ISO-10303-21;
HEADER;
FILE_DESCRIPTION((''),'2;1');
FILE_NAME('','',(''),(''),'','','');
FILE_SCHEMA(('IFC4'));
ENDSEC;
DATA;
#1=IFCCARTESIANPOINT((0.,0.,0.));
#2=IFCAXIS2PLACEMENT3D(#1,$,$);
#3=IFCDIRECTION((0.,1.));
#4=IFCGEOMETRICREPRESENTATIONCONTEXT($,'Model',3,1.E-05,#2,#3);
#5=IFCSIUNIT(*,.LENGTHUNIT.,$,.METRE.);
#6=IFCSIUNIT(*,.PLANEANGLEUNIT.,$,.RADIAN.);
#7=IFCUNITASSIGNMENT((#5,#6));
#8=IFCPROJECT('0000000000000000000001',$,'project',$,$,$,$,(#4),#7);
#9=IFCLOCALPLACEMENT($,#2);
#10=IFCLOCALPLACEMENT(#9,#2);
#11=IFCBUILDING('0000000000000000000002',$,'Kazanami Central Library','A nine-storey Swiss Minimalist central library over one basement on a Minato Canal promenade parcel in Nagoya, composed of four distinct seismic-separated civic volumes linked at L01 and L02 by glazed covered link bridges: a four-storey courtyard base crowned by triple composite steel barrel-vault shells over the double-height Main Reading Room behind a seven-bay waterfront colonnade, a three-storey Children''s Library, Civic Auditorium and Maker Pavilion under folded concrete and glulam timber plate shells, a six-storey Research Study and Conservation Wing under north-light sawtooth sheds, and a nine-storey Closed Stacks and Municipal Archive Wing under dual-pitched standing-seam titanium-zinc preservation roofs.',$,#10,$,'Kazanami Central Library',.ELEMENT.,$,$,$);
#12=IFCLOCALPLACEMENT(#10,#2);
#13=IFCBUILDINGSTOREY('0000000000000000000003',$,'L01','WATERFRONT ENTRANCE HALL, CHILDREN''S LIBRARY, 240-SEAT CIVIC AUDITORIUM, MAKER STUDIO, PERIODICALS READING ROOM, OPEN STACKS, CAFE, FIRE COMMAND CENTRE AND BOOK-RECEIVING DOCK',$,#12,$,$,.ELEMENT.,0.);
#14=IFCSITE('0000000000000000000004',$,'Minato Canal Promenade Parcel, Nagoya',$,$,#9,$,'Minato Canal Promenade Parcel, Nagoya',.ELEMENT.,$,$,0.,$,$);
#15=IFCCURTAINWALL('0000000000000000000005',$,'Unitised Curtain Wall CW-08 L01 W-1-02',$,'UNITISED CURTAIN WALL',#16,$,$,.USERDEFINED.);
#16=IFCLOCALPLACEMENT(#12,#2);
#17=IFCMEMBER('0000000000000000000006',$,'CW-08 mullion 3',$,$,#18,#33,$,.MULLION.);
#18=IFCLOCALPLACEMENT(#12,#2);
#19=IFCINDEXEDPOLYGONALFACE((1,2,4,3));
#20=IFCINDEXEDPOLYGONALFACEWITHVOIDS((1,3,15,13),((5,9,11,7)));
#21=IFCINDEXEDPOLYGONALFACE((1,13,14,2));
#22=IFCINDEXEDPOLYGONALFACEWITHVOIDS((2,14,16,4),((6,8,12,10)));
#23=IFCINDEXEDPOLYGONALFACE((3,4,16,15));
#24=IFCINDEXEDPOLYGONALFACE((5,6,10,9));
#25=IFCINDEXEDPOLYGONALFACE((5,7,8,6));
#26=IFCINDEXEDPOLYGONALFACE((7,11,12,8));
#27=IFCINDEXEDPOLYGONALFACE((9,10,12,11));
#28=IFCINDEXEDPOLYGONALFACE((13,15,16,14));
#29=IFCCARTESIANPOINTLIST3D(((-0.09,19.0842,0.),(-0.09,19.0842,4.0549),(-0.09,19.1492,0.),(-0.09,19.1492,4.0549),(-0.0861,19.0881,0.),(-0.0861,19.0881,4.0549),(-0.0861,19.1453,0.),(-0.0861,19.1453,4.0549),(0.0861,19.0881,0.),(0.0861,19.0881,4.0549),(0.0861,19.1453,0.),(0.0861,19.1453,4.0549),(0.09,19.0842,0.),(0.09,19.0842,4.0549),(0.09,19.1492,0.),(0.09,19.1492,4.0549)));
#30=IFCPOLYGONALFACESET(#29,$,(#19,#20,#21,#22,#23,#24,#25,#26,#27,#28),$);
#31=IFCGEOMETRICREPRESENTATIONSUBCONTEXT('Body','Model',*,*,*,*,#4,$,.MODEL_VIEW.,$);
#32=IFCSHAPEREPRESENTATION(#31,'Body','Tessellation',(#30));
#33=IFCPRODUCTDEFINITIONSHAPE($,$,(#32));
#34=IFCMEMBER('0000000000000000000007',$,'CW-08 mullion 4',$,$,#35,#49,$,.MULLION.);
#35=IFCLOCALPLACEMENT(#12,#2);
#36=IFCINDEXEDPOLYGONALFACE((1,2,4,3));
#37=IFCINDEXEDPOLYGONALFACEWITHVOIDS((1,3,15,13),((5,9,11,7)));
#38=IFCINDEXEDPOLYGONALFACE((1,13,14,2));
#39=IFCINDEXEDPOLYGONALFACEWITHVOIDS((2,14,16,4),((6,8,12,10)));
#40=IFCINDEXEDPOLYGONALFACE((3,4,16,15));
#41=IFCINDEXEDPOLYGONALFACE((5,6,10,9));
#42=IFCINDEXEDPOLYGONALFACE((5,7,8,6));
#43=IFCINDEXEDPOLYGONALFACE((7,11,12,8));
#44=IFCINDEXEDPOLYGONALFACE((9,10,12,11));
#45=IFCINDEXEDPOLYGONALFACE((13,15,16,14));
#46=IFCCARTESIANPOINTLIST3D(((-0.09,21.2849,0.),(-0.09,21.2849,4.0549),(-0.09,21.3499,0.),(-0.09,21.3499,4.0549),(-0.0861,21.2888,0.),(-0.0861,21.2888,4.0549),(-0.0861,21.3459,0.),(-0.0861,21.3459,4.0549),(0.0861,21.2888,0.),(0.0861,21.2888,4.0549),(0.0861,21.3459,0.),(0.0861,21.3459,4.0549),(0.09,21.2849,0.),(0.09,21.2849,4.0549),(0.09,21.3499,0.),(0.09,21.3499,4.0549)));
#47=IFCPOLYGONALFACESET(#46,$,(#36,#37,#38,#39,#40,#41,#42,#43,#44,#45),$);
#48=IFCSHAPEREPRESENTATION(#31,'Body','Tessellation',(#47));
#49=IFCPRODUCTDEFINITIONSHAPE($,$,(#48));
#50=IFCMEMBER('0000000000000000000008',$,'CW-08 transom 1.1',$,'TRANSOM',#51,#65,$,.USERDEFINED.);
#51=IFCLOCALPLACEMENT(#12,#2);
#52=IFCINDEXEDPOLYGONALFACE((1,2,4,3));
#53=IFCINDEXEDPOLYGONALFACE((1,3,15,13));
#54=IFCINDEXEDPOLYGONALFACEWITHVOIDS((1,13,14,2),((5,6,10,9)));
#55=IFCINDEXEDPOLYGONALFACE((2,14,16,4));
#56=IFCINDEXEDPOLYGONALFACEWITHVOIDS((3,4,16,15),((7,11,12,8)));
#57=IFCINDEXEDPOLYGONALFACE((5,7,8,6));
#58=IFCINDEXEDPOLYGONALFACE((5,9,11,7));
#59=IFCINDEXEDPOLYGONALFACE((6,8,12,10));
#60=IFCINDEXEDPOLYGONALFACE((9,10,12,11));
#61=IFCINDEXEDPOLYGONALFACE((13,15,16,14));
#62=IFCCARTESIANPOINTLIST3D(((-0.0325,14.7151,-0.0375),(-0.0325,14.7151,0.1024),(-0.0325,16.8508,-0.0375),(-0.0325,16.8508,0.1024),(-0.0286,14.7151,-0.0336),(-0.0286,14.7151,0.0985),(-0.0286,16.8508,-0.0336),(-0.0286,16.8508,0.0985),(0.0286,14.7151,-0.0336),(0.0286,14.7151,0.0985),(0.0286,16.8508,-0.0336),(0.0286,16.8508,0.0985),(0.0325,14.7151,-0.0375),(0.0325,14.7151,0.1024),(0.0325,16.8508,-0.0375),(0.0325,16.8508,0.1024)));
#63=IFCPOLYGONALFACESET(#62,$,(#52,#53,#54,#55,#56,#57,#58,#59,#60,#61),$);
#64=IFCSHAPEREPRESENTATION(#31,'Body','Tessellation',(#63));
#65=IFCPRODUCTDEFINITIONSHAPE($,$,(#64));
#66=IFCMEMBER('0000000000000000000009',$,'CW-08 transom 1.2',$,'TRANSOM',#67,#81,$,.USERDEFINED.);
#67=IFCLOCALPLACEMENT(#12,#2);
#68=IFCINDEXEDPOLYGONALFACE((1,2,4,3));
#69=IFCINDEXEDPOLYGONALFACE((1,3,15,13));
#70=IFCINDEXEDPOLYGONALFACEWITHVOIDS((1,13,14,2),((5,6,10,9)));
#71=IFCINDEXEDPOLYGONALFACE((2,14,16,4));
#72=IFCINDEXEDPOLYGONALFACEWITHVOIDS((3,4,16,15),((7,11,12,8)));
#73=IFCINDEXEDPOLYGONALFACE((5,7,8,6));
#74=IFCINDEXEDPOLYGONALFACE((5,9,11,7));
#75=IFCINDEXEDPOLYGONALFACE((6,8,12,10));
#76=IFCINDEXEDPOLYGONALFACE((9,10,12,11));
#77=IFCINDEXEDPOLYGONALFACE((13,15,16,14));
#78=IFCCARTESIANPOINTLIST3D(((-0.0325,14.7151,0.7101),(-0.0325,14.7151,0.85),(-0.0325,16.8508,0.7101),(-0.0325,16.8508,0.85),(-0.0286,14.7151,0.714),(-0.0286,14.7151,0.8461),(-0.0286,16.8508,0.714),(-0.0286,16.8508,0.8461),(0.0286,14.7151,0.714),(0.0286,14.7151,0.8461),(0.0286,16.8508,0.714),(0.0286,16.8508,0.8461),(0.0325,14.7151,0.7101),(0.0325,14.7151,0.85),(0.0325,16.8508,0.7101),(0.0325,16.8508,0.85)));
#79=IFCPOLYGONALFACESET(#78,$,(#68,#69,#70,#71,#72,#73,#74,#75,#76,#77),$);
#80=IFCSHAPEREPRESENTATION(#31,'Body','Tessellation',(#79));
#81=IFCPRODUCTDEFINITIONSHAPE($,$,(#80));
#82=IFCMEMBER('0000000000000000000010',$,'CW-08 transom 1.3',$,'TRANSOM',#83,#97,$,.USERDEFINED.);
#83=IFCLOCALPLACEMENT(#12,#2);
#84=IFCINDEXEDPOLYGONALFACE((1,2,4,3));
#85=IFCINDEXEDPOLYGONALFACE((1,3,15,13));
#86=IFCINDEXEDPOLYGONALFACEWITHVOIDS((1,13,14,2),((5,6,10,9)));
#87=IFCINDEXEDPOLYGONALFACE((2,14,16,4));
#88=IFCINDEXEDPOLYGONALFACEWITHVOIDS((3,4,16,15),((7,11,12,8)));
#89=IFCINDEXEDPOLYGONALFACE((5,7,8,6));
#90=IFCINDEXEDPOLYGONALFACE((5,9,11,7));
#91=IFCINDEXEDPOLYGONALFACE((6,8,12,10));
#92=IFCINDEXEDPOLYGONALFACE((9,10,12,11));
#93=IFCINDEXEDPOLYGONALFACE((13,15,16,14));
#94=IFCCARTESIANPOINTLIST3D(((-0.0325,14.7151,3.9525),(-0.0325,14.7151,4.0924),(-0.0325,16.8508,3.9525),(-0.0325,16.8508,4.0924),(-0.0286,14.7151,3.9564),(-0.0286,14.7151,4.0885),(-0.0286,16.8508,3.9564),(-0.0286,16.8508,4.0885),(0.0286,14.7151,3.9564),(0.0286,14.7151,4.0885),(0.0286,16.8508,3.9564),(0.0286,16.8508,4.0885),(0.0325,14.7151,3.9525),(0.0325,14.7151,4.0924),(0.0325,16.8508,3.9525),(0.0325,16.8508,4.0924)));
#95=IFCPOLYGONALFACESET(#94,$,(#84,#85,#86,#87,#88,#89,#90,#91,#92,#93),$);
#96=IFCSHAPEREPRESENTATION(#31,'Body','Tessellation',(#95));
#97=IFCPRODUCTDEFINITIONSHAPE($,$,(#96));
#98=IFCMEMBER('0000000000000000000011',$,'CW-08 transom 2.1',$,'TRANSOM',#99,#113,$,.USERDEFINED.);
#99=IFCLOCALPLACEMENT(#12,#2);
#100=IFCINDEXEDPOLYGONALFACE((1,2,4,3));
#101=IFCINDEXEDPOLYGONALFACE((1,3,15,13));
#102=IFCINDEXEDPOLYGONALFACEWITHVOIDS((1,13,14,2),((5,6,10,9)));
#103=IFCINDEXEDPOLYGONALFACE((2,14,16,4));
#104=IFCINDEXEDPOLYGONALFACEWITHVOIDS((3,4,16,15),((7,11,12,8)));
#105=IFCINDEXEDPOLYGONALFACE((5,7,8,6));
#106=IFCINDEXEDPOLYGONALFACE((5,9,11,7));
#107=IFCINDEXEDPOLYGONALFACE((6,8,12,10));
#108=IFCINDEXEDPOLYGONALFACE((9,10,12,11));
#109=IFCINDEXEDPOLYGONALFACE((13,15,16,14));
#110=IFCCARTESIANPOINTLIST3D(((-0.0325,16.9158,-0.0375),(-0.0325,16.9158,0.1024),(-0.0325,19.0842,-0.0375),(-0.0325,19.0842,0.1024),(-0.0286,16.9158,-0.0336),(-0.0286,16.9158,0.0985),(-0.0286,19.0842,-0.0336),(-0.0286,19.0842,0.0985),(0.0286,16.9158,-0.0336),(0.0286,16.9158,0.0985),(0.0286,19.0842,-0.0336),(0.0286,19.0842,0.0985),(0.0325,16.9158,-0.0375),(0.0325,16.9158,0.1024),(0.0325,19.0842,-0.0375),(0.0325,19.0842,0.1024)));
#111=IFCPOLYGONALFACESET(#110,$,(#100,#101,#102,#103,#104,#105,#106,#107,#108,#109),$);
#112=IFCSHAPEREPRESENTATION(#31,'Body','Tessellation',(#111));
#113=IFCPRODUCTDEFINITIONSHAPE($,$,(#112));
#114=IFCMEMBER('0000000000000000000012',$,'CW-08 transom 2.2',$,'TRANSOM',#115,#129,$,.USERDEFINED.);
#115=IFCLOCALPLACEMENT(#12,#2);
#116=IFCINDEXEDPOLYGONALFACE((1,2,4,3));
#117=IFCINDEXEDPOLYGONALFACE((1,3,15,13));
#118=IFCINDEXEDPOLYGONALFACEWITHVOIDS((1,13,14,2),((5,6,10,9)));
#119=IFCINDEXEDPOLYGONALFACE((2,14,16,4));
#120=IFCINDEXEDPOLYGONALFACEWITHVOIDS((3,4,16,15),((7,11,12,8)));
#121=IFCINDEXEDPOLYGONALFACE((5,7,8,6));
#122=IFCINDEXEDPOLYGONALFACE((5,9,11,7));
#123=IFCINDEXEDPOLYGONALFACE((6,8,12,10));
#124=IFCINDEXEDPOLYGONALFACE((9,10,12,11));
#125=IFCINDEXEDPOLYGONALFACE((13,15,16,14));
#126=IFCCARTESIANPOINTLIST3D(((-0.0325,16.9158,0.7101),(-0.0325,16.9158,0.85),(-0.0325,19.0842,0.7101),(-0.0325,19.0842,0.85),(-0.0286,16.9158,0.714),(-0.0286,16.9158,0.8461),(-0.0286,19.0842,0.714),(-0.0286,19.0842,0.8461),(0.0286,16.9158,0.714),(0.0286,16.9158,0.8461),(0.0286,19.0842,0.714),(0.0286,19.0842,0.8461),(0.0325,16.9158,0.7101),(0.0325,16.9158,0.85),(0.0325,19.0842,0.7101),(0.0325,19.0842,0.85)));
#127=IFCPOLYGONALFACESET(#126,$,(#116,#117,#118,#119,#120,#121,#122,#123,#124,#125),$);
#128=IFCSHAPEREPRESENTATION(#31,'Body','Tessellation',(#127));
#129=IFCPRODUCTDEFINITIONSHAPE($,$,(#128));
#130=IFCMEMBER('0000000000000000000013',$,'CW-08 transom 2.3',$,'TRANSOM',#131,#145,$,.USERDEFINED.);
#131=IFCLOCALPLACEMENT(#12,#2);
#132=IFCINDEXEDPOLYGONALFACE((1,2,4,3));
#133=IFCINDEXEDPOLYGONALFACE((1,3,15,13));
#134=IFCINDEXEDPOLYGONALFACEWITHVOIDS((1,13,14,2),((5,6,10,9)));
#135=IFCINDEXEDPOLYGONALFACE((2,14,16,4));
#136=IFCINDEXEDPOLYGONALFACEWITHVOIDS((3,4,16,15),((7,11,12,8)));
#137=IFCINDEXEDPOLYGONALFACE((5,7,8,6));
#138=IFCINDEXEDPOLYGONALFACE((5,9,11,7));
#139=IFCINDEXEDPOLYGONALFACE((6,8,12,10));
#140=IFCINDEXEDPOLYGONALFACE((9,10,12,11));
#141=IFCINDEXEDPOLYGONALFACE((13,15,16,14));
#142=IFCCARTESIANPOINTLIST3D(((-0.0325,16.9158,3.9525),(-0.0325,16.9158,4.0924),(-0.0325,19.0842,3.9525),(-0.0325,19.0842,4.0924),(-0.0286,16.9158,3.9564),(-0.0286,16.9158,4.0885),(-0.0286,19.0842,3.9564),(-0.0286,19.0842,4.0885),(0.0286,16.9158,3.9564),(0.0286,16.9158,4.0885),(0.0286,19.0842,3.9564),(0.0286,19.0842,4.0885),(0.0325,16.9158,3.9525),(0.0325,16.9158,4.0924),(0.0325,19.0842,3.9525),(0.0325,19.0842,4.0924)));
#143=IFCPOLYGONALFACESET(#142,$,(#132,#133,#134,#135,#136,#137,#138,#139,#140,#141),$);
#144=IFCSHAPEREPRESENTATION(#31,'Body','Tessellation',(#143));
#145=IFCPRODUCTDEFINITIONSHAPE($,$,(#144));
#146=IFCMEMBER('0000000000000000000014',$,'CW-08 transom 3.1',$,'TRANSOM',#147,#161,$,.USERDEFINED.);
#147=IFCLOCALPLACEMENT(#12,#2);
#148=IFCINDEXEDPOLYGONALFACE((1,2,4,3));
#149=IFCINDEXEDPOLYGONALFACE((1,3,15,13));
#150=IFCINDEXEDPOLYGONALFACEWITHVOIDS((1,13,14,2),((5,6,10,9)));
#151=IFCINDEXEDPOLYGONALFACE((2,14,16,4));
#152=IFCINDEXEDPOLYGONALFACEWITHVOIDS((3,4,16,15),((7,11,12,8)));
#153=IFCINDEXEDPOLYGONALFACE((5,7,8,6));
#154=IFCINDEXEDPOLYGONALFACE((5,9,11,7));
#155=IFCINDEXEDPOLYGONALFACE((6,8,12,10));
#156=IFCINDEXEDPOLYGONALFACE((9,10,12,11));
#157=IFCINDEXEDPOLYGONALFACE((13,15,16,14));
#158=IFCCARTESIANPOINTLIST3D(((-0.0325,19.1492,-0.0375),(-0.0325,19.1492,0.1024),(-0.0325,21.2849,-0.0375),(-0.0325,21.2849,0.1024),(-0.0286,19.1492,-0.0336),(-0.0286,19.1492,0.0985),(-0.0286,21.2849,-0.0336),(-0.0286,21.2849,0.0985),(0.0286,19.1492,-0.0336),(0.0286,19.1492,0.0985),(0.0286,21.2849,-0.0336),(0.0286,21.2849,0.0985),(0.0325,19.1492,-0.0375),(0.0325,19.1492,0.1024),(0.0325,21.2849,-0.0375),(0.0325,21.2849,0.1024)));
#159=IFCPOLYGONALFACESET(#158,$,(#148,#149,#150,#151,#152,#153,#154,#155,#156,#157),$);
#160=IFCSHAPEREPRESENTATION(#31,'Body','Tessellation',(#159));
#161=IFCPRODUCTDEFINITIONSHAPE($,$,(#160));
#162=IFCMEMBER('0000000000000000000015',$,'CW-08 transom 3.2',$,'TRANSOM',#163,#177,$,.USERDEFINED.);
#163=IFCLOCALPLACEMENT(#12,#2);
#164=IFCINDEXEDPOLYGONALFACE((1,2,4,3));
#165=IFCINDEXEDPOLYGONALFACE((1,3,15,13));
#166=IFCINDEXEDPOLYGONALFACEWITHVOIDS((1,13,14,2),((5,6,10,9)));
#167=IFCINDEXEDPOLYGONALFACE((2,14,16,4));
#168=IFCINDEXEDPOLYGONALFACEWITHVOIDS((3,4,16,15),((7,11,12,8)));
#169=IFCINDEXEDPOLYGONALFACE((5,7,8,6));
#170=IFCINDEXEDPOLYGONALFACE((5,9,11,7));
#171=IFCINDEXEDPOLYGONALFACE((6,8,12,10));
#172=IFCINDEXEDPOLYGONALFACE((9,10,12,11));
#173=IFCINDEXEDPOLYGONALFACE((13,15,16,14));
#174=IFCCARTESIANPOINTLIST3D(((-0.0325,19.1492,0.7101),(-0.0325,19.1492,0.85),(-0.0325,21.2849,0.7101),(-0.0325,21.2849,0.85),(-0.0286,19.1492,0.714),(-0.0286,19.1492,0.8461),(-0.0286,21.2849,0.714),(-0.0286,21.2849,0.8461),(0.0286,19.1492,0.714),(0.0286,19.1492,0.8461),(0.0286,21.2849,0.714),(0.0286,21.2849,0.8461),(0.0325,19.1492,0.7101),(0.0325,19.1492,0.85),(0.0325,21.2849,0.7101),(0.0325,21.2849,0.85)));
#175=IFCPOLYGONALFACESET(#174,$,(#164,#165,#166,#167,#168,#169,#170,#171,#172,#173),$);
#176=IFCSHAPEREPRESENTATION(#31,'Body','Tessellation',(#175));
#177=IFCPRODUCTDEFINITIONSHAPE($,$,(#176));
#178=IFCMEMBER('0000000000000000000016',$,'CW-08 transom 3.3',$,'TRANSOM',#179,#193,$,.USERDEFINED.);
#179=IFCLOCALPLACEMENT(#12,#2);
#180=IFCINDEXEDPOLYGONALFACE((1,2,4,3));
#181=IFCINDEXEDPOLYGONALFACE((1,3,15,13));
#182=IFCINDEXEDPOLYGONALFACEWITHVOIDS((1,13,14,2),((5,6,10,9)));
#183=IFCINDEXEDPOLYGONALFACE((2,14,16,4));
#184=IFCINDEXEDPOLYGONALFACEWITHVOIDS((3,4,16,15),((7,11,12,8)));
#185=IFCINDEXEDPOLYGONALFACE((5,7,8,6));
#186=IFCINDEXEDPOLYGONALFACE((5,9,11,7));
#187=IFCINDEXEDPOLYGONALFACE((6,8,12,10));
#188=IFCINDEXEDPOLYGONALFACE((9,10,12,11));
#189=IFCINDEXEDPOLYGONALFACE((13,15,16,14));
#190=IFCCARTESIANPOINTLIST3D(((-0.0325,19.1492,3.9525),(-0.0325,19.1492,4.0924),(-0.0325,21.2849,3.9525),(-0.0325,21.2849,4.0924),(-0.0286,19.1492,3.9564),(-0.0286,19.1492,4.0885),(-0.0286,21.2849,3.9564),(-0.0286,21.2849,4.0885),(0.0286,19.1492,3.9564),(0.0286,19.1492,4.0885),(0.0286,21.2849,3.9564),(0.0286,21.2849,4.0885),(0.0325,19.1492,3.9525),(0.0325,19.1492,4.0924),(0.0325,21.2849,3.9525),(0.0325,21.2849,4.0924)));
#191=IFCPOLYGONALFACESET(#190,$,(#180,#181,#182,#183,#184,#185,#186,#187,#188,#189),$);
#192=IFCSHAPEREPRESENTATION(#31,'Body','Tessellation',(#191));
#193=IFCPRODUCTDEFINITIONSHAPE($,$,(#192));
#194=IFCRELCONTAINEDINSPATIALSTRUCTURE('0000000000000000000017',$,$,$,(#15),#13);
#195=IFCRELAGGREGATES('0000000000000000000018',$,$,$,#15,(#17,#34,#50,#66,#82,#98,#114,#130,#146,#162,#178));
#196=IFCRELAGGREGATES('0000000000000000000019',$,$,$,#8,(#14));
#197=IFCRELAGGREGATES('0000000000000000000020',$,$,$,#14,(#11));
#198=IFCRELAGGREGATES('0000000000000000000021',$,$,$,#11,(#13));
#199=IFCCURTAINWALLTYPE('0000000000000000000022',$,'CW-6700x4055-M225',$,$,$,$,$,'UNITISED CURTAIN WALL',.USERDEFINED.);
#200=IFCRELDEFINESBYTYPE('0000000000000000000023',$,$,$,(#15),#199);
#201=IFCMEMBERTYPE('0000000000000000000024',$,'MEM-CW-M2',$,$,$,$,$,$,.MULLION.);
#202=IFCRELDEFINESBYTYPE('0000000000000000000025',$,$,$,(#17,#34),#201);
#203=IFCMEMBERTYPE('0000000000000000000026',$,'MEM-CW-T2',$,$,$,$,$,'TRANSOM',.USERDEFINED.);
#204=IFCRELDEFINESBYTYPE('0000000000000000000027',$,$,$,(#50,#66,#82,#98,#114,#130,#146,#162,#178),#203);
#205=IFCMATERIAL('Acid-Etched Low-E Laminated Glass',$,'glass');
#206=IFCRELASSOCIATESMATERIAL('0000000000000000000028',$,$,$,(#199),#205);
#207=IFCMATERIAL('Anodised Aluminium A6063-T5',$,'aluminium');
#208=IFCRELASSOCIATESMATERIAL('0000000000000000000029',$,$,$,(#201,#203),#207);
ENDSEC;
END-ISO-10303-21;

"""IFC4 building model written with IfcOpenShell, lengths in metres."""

from ifc_helpers import new_model, si_unit, direction, frame, origin, origin_2d, place, context, subcontext, project, spatial, hollow_rectangle, extrude, material, material_profile, profile_set, type_object, element, aggregate, save


model = new_model("IFC4")

# Units and contexts
model_context = context("Model", 3, precision=1e-05, world=origin(), true_north=direction((0.0, 1.0)))
body_context = subcontext(model_context, "Body", "Model", "MODEL_VIEW")
ifc_project = project(units=[si_unit("LENGTHUNIT", "METRE"), si_unit("PLANEANGLEUNIT", "RADIAN")], contexts=[model_context])

# Site, building, storey
site_placement = place(None, origin())
site = spatial("IfcSite", under=ifc_project, at=site_placement, Name="Minato Canal Promenade Parcel, Nagoya", LongName="Minato Canal Promenade Parcel, Nagoya", CompositionType="ELEMENT", RefElevation=0.0)
building_placement = place(site_placement, origin())
building = spatial("IfcBuilding", under=site, at=building_placement, Name="Kazanami Central Library", Description="A nine-storey Swiss Minimalist central library over one basement on a Minato Canal promenade parcel in Nagoya, composed of four distinct seismic-separated civic volumes linked at L01 and L02 by glazed covered link bridges: a four-storey courtyard base crowned by triple composite steel barrel-vault shells over the double-height Main Reading Room behind a seven-bay waterfront colonnade, a three-storey Children's Library, Civic Auditorium and Maker Pavilion under folded concrete and glulam timber plate shells, a six-storey Research Study and Conservation Wing under north-light sawtooth sheds, and a nine-storey Closed Stacks and Municipal Archive Wing under dual-pitched standing-seam titanium-zinc preservation roofs.", LongName="Kazanami Central Library", CompositionType="ELEMENT")
storey_placement = place(building_placement, origin())
storey = spatial("IfcBuildingStorey", under=building, at=storey_placement, Name="L01", Description="WATERFRONT ENTRANCE HALL, CHILDREN'S LIBRARY, 240-SEAT CIVIC AUDITORIUM, MAKER STUDIO, PERIODICALS READING ROOM, OPEN STACKS, CAFE, FIRE COMMAND CENTRE AND BOOK-RECEIVING DOCK", CompositionType="ELEMENT", Elevation=0.0)

# Curtain wall, members
ifc_material_1 = material(Name="Acid-Etched Low-E Laminated Glass", Category="glass")
curtain_wall_type = type_object("IfcCurtainWallType", Name="CW-6700x4055-M225", ElementType="UNITISED CURTAIN WALL", PredefinedType="USERDEFINED", material=ifc_material_1)
curtain_wall_placement = place(storey_placement, origin())
curtain_wall = element("IfcCurtainWall", 1, at=curtain_wall_placement, inside=storey, type_object=curtain_wall_type, Name="Unitised Curtain Wall CW-08 L01 W-1-02", ObjectType="UNITISED CURTAIN WALL", PredefinedType="USERDEFINED")
ifc_material_2 = material(Name="Anodised Aluminium A6063-T5", Category="aluminium")
ifc_material_profile_1 = material_profile(ifc_material_2, hollow_rectangle(XDim=0.0649, YDim=0.1799, WallThickness=0.0039, at=origin_2d()), Name="ALU-MULL-65x180x4")
ifc_profile_set_1 = profile_set([ifc_material_profile_1], Name="Anodised Aluminium A6063-T5")
member_type_1 = type_object("IfcMemberType", Name="MEM-CW-M2", PredefinedType="MULLION", material=ifc_profile_set_1)
member_1_placement = place(storey_placement, frame((0.0, 19.1167, 0.0), z_axis=(0.0, 0.0, 1.0), x_axis=(0.0, 1.0, 0.0)))
member_1 = element("IfcMember", 2, at=member_1_placement, type_object=member_type_1, Name="CW-08 mullion 3", PredefinedType="MULLION", context=body_context, shape_type="SweptSolid", body=[
    extrude(hollow_rectangle(XDim=0.0649, YDim=0.1799, WallThickness=0.0039, at=origin_2d()), origin(), (0.0, 0.0, 1.0), 4.0549),
])
member_2_placement = place(storey_placement, frame((0.0, 21.3174, 0.0), z_axis=(0.0, 0.0, 1.0), x_axis=(0.0, 1.0, 0.0)))
member_2 = element("IfcMember", 3, at=member_2_placement, type_object=member_type_1, Name="CW-08 mullion 4", PredefinedType="MULLION", context=body_context, shape_type="SweptSolid", body=[
    extrude(hollow_rectangle(XDim=0.0649, YDim=0.1799, WallThickness=0.0039, at=origin_2d()), origin(), (0.0, 0.0, 1.0), 4.0549),
])
ifc_material_profile_2 = material_profile(ifc_material_2, hollow_rectangle(XDim=0.0649, YDim=0.1399, WallThickness=0.0039, at=origin_2d()), Name="ALU-TRAN-65x140x4")
ifc_profile_set_2 = profile_set([ifc_material_profile_2], Name="Anodised Aluminium A6063-T5")
member_type_2 = type_object("IfcMemberType", Name="MEM-CW-T2", ElementType="TRANSOM", PredefinedType="USERDEFINED", material=ifc_profile_set_2)
member_3_placement = place(storey_placement, frame((0.0, 14.7151, 0.0325), z_axis=(0.0, 1.0, 0.0), x_axis=(-1.0, 0.0, 0.0)))
member_3 = element("IfcMember", 4, at=member_3_placement, type_object=member_type_2, Name="CW-08 transom 1.1", ObjectType="TRANSOM", PredefinedType="USERDEFINED", context=body_context, shape_type="SweptSolid", body=[
    extrude(hollow_rectangle(XDim=0.0649, YDim=0.1399, WallThickness=0.0039, at=origin_2d()), origin(), (0.0, 0.0, 1.0), 2.1357),
])
member_4_placement = place(storey_placement, frame((0.0, 14.7151, 0.78), z_axis=(0.0, 1.0, 0.0), x_axis=(-1.0, 0.0, 0.0)))
member_4 = element("IfcMember", 5, at=member_4_placement, type_object=member_type_2, Name="CW-08 transom 1.2", ObjectType="TRANSOM", PredefinedType="USERDEFINED", context=body_context, shape_type="SweptSolid", body=[
    extrude(hollow_rectangle(XDim=0.0649, YDim=0.1399, WallThickness=0.0039, at=origin_2d()), origin(), (0.0, 0.0, 1.0), 2.1357),
])
member_5_placement = place(storey_placement, frame((0.0, 14.7151, 4.0225), z_axis=(0.0, 1.0, 0.0), x_axis=(-1.0, 0.0, 0.0)))
member_5 = element("IfcMember", 6, at=member_5_placement, type_object=member_type_2, Name="CW-08 transom 1.3", ObjectType="TRANSOM", PredefinedType="USERDEFINED", context=body_context, shape_type="SweptSolid", body=[
    extrude(hollow_rectangle(XDim=0.0649, YDim=0.1399, WallThickness=0.0039, at=origin_2d()), origin(), (0.0, 0.0, 1.0), 2.1357),
])
member_6_placement = place(storey_placement, frame((0.0, 16.9158, 0.0325), z_axis=(0.0, 1.0, 0.0), x_axis=(-1.0, 0.0, 0.0)))
member_6 = element("IfcMember", 7, at=member_6_placement, type_object=member_type_2, Name="CW-08 transom 2.1", ObjectType="TRANSOM", PredefinedType="USERDEFINED", context=body_context, shape_type="SweptSolid", body=[
    extrude(hollow_rectangle(XDim=0.0649, YDim=0.1399, WallThickness=0.0039, at=origin_2d()), origin(), (0.0, 0.0, 1.0), 2.1685),
])
member_7_placement = place(storey_placement, frame((0.0, 16.9158, 0.78), z_axis=(0.0, 1.0, 0.0), x_axis=(-1.0, 0.0, 0.0)))
member_7 = element("IfcMember", 8, at=member_7_placement, type_object=member_type_2, Name="CW-08 transom 2.2", ObjectType="TRANSOM", PredefinedType="USERDEFINED", context=body_context, shape_type="SweptSolid", body=[
    extrude(hollow_rectangle(XDim=0.0649, YDim=0.1399, WallThickness=0.0039, at=origin_2d()), origin(), (0.0, 0.0, 1.0), 2.1685),
])
member_8_placement = place(storey_placement, frame((0.0, 16.9158, 4.0225), z_axis=(0.0, 1.0, 0.0), x_axis=(-1.0, 0.0, 0.0)))
member_8 = element("IfcMember", 9, at=member_8_placement, type_object=member_type_2, Name="CW-08 transom 2.3", ObjectType="TRANSOM", PredefinedType="USERDEFINED", context=body_context, shape_type="SweptSolid", body=[
    extrude(hollow_rectangle(XDim=0.0649, YDim=0.1399, WallThickness=0.0039, at=origin_2d()), origin(), (0.0, 0.0, 1.0), 2.1685),
])
member_9_placement = place(storey_placement, frame((0.0, 19.1492, 0.0325), z_axis=(0.0, 1.0, 0.0), x_axis=(-1.0, 0.0, 0.0)))
member_9 = element("IfcMember", 10, at=member_9_placement, type_object=member_type_2, Name="CW-08 transom 3.1", ObjectType="TRANSOM", PredefinedType="USERDEFINED", context=body_context, shape_type="SweptSolid", body=[
    extrude(hollow_rectangle(XDim=0.0649, YDim=0.1399, WallThickness=0.0039, at=origin_2d()), origin(), (0.0, 0.0, 1.0), 2.1357),
])
member_10_placement = place(storey_placement, frame((0.0, 19.1492, 0.78), z_axis=(0.0, 1.0, 0.0), x_axis=(-1.0, 0.0, 0.0)))
member_10 = element("IfcMember", 11, at=member_10_placement, type_object=member_type_2, Name="CW-08 transom 3.2", ObjectType="TRANSOM", PredefinedType="USERDEFINED", context=body_context, shape_type="SweptSolid", body=[
    extrude(hollow_rectangle(XDim=0.0649, YDim=0.1399, WallThickness=0.0039, at=origin_2d()), origin(), (0.0, 0.0, 1.0), 2.1357),
])
member_11_placement = place(storey_placement, frame((0.0, 19.1492, 4.0225), z_axis=(0.0, 1.0, 0.0), x_axis=(-1.0, 0.0, 0.0)))
member_11 = element("IfcMember", 12, at=member_11_placement, type_object=member_type_2, Name="CW-08 transom 3.3", ObjectType="TRANSOM", PredefinedType="USERDEFINED", context=body_context, shape_type="SweptSolid", body=[
    extrude(hollow_rectangle(XDim=0.0649, YDim=0.1399, WallThickness=0.0039, at=origin_2d()), origin(), (0.0, 0.0, 1.0), 2.1357),
])
aggregate(curtain_wall, [member_1, member_2, member_3, member_4, member_5, member_6, member_7, member_8, member_9, member_10, member_11])

save(model, "model.ifc")
